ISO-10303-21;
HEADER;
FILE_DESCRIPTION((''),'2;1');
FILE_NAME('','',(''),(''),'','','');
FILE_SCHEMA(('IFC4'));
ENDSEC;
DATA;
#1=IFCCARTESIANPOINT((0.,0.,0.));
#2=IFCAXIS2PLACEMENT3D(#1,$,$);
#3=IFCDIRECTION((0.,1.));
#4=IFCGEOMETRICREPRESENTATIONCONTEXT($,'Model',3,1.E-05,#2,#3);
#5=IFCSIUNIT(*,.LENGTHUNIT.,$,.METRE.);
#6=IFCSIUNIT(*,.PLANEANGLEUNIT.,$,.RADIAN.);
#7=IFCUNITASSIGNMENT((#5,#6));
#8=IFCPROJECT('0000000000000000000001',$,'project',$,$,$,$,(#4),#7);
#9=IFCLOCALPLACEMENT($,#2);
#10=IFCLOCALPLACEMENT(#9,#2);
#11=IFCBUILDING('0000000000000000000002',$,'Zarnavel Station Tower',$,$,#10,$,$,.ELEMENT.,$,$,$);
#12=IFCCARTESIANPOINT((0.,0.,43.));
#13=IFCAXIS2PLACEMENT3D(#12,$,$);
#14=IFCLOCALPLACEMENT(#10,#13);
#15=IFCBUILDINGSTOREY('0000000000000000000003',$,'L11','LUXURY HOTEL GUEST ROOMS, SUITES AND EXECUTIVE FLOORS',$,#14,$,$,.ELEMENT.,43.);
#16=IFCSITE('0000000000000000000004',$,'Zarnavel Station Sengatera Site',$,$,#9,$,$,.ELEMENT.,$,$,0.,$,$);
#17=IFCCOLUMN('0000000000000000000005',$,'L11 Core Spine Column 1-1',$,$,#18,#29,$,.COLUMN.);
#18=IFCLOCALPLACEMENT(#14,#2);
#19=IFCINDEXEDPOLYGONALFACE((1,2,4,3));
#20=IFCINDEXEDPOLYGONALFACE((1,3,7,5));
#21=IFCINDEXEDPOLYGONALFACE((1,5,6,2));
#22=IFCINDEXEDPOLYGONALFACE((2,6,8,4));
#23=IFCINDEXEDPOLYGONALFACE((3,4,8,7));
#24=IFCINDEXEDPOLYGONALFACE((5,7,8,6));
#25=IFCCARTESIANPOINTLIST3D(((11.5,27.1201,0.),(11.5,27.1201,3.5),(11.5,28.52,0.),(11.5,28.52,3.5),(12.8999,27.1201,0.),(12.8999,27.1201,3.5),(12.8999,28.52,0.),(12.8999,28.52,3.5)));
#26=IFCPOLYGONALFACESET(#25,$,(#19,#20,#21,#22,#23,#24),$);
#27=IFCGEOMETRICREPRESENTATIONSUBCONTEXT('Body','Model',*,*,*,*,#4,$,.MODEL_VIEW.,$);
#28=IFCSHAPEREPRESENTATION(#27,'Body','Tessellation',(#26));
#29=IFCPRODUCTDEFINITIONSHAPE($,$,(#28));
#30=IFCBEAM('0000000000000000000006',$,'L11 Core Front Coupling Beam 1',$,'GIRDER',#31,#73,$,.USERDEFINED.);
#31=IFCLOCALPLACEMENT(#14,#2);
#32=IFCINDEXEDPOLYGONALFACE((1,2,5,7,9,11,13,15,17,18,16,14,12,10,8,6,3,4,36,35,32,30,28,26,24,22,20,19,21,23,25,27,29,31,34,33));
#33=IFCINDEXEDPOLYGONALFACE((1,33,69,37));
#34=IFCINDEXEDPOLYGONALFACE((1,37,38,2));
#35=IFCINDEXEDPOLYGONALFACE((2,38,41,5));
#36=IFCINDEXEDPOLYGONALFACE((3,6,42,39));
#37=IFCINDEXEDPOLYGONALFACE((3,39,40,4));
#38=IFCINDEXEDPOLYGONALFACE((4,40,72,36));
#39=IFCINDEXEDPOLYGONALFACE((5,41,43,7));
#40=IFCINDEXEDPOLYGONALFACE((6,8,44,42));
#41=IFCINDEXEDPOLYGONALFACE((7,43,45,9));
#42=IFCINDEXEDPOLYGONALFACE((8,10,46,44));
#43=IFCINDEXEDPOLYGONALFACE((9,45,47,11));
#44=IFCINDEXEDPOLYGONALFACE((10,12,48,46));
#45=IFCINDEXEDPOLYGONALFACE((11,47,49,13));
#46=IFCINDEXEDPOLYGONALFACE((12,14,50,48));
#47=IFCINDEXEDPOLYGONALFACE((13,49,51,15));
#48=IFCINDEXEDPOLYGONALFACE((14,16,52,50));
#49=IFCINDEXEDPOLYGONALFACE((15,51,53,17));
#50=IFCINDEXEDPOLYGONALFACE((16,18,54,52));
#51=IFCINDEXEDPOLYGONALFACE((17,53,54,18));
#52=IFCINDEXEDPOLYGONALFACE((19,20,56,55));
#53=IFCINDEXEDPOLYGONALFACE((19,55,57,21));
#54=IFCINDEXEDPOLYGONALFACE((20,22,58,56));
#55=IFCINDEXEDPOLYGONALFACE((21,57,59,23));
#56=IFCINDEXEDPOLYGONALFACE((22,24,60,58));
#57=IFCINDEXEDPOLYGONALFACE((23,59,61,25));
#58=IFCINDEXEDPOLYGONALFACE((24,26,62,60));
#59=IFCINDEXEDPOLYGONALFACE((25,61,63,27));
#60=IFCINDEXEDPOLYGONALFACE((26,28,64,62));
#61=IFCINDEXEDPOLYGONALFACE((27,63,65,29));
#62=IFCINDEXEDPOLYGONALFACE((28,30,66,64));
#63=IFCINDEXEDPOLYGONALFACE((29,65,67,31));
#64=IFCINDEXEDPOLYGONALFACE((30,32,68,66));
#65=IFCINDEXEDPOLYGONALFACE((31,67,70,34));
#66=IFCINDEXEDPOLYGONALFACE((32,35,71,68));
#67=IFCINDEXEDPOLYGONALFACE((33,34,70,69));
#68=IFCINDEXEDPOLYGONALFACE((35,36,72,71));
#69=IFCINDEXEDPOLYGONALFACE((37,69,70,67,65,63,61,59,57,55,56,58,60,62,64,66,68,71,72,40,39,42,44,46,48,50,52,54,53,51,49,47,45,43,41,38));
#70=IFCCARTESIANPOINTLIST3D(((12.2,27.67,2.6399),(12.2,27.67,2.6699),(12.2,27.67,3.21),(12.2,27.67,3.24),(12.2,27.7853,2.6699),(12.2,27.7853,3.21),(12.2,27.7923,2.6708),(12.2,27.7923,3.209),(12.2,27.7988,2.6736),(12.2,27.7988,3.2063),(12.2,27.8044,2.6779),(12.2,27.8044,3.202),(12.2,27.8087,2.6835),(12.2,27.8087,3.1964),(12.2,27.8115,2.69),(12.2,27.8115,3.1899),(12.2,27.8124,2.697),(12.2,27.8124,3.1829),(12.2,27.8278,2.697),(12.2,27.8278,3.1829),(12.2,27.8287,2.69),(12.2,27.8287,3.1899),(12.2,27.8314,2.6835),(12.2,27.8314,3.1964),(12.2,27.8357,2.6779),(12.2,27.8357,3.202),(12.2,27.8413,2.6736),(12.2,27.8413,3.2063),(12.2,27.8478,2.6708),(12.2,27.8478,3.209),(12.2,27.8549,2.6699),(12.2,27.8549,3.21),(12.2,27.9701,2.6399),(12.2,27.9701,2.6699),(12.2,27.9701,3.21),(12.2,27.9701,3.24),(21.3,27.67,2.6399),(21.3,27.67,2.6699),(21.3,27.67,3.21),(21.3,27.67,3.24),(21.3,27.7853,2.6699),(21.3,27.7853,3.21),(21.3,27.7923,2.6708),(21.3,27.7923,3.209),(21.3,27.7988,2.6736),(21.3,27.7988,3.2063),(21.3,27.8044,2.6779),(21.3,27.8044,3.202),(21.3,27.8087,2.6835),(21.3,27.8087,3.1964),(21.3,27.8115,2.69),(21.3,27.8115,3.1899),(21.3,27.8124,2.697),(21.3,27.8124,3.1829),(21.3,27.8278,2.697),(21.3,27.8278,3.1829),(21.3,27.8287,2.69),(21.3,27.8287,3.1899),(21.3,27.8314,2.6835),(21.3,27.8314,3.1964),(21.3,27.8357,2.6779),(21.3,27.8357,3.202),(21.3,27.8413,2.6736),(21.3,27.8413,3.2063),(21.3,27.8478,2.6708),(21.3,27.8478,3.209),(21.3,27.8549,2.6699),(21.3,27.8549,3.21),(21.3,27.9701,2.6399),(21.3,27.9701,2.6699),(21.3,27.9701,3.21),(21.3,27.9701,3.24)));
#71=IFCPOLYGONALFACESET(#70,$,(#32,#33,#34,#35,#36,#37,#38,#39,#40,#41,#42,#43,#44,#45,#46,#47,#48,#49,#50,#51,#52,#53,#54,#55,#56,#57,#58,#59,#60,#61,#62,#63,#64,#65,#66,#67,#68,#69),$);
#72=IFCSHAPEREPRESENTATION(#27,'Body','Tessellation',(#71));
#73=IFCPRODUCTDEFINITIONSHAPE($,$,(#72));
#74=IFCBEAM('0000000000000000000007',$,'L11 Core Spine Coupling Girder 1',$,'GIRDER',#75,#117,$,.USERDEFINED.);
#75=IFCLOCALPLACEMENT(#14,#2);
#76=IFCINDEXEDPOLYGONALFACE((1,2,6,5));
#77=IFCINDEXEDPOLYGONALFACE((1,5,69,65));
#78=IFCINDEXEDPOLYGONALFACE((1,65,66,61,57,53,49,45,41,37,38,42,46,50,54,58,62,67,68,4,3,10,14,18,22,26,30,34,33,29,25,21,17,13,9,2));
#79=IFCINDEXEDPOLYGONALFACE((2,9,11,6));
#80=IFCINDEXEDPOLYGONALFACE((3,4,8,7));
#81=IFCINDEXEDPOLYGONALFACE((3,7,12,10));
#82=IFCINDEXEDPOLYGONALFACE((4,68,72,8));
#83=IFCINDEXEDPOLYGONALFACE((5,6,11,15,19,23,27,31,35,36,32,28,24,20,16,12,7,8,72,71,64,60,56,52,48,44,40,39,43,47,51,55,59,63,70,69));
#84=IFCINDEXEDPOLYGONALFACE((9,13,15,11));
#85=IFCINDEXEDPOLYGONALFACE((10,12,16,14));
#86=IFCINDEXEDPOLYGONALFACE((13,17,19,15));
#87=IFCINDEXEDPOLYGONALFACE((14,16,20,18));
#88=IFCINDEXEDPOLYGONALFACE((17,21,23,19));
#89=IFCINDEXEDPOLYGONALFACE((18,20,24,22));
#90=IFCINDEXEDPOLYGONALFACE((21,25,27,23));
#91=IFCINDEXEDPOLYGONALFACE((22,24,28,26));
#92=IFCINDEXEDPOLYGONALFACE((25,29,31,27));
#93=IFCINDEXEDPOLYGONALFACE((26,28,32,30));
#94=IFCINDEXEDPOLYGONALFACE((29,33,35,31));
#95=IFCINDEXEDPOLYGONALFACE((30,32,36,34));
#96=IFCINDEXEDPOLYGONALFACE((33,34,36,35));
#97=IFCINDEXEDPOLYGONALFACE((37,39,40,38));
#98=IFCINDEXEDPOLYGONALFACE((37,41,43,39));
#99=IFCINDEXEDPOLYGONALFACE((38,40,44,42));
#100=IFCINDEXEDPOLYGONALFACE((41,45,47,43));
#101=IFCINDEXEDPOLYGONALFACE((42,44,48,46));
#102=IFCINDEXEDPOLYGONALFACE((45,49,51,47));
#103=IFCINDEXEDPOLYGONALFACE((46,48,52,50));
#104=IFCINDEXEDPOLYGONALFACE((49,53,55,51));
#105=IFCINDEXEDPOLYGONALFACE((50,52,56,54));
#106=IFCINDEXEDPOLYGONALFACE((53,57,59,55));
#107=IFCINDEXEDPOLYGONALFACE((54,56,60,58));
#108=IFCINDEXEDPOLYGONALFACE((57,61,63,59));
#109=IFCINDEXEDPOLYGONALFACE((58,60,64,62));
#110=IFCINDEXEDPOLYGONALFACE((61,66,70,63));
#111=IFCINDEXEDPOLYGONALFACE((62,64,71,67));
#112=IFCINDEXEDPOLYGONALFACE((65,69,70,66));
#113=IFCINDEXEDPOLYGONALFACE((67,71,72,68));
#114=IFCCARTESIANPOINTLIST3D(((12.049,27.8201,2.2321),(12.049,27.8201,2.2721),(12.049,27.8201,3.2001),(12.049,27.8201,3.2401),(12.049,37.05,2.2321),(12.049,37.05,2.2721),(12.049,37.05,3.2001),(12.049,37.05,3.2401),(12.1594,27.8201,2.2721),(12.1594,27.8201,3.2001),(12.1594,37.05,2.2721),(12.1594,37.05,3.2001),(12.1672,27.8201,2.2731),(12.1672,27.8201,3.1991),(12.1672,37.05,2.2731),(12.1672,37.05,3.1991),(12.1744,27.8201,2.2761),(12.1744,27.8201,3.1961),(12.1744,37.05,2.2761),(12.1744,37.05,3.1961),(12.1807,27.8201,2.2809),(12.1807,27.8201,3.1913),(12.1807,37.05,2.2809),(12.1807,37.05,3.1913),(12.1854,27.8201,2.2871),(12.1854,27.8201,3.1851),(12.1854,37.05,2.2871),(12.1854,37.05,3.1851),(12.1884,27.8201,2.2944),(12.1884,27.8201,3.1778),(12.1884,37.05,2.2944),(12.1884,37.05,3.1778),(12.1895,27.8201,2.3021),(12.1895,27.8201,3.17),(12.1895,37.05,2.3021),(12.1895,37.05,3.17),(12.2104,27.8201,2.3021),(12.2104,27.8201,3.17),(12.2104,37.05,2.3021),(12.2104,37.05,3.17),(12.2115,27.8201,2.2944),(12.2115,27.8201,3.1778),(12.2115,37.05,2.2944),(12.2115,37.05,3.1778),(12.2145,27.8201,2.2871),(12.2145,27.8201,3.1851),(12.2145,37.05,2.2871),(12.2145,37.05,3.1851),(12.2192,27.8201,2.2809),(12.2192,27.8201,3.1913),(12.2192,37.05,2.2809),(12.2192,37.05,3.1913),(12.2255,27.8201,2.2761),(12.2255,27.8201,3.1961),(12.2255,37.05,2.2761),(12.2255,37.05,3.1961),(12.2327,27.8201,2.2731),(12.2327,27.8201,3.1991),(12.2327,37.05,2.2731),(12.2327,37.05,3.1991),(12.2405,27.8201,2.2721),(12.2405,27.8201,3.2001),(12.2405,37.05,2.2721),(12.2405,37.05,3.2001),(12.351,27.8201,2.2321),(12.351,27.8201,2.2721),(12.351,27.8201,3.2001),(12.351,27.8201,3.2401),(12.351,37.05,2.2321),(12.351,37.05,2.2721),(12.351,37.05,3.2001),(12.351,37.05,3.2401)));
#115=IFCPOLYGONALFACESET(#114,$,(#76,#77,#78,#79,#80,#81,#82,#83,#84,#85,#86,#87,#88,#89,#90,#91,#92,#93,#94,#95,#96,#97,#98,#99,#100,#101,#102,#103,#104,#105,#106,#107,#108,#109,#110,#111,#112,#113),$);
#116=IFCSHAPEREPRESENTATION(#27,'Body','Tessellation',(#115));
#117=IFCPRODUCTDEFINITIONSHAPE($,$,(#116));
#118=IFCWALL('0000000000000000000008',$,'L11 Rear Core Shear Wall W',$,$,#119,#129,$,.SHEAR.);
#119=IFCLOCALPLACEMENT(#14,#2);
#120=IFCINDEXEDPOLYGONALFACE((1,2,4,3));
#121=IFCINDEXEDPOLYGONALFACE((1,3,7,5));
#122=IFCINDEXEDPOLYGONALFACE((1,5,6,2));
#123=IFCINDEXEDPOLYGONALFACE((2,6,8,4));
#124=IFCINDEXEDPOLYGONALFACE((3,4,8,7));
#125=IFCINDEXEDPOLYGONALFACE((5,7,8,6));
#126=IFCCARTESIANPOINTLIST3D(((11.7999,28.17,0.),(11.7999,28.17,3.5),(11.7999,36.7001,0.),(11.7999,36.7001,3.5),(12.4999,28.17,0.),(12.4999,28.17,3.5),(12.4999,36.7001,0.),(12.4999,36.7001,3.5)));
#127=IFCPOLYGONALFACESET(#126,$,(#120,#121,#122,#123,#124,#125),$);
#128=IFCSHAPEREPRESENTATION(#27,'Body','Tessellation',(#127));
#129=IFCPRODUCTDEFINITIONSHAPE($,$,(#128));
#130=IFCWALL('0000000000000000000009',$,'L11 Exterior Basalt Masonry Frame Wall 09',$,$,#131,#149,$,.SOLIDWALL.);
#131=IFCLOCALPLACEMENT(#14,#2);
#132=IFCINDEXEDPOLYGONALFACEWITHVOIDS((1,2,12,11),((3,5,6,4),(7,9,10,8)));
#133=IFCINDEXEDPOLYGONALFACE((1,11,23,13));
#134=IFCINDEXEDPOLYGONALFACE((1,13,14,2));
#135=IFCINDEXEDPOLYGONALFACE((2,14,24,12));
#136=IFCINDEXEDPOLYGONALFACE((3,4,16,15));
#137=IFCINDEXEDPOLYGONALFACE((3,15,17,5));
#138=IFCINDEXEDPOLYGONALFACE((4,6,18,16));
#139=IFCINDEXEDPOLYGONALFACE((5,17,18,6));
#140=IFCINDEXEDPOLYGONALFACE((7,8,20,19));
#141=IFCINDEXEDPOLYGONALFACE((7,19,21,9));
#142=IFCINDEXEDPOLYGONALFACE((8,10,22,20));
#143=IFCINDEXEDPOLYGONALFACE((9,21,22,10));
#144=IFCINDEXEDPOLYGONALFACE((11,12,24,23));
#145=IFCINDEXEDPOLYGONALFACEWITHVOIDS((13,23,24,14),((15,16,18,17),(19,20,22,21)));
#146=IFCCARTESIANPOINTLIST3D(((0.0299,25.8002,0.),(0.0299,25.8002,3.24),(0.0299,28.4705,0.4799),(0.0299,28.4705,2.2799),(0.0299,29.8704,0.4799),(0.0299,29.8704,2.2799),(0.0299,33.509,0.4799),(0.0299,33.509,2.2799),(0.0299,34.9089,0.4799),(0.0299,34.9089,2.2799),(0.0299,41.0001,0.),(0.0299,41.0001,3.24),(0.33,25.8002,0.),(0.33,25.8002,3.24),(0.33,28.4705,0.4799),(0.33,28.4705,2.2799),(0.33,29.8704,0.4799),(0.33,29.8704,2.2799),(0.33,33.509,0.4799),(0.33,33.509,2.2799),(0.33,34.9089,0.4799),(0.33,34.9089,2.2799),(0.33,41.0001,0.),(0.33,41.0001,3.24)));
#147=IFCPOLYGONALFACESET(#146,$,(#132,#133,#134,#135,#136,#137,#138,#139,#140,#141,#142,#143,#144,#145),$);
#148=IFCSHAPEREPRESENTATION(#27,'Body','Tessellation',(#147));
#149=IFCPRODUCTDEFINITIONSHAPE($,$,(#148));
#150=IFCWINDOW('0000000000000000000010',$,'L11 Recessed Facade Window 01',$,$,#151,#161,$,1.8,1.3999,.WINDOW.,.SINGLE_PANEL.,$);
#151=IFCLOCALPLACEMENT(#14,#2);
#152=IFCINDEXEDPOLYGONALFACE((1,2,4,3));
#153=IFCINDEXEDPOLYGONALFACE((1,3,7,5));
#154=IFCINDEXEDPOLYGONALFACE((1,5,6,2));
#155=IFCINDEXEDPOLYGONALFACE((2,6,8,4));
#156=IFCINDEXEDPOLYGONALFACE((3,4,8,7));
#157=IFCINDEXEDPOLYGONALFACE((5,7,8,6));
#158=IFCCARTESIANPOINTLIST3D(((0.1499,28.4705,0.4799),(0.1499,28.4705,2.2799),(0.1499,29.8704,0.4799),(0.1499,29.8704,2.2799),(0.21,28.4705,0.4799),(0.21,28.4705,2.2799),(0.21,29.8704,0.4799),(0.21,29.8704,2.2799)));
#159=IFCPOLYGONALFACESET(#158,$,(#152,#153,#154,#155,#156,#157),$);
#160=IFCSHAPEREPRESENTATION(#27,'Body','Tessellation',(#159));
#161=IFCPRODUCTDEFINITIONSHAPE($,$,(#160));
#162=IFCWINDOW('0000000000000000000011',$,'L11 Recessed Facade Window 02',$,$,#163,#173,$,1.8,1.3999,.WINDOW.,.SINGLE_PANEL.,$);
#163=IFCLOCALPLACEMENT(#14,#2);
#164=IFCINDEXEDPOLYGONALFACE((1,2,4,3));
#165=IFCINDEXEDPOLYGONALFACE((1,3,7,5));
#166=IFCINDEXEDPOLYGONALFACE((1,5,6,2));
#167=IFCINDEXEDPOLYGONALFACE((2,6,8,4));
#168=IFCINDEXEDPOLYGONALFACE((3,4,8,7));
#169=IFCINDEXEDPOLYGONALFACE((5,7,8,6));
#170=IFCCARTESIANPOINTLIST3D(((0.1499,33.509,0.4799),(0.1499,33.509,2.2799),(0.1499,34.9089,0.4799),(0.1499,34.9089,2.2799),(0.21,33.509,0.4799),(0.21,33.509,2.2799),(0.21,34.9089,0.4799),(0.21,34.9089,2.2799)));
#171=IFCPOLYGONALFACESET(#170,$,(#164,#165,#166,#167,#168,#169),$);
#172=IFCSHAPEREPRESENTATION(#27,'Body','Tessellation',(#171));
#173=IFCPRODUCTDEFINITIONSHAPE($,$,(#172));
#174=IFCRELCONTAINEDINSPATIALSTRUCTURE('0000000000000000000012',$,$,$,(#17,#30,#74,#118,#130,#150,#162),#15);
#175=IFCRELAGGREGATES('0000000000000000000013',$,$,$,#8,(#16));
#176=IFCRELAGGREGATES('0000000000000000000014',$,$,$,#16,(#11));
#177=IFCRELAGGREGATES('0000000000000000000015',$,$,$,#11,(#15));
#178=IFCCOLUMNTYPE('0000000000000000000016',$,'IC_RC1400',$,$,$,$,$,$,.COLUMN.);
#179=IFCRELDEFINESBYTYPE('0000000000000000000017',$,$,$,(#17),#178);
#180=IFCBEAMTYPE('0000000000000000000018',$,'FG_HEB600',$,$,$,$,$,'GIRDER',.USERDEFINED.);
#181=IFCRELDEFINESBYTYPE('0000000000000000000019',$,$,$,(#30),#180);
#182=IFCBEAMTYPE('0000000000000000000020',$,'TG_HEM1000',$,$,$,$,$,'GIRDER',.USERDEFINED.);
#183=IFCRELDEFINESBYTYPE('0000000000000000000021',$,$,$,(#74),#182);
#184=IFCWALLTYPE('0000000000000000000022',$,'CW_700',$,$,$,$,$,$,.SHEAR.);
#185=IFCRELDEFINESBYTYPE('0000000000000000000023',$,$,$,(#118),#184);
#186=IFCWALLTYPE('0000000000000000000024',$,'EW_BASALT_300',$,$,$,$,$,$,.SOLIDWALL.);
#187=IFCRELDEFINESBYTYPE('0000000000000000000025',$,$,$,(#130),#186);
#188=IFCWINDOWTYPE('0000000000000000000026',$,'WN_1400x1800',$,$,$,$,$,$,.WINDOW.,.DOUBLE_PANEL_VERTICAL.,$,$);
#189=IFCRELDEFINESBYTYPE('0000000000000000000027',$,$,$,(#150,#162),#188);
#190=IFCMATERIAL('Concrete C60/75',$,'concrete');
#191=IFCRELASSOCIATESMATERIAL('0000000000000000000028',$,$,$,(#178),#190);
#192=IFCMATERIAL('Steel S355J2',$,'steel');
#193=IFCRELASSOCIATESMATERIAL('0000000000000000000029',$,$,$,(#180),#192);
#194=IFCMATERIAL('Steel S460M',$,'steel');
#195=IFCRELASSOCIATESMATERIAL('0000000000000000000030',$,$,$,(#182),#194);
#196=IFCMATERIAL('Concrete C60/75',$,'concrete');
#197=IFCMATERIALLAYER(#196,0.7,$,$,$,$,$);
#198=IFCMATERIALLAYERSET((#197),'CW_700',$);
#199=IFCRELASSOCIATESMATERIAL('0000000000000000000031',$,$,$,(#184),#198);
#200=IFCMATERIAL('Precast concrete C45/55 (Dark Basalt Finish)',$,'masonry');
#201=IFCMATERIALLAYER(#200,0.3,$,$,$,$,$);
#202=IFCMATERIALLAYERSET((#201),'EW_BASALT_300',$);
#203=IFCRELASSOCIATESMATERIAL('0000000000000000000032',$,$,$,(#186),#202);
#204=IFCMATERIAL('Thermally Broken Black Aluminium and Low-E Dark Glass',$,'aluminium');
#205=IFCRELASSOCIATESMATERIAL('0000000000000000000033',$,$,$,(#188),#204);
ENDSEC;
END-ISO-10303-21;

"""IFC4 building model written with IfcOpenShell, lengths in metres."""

from ifc_helpers import new_model, si_unit, direction, frame, frame_2d, origin, origin_2d, place, context, subcontext, project, spatial, rectangle, i_section, extrude, material, layer, layer_set, material_profile, profile_set, type_object, element, fill, save


model = new_model("IFC4")

# Units and contexts
model_context = context("Model", 3, precision=1e-05, world=origin(), true_north=direction((0.0, 1.0)))
body_context = subcontext(model_context, "Body", "Model", "MODEL_VIEW")
ifc_project = project(units=[si_unit("LENGTHUNIT", "METRE"), si_unit("PLANEANGLEUNIT", "RADIAN")], contexts=[model_context])

# Site, building, storey
site_placement = place(None, origin())
site = spatial("IfcSite", under=ifc_project, at=site_placement, Name="Zarnavel Station Sengatera Site", CompositionType="ELEMENT", RefElevation=0.0)
building_placement = place(site_placement, origin())
building = spatial("IfcBuilding", under=site, at=building_placement, Name="Zarnavel Station Tower", CompositionType="ELEMENT")
storey_placement = place(building_placement, frame((0.0, 0.0, 43.0)))
storey = spatial("IfcBuildingStorey", under=building, at=storey_placement, Name="L11", Description="LUXURY HOTEL GUEST ROOMS, SUITES AND EXECUTIVE FLOORS", CompositionType="ELEMENT", Elevation=43.0)

# Column
ifc_material_1 = material(Name="Concrete C60/75", Category="concrete")
ifc_material_profile_1 = material_profile(ifc_material_1, rectangle(XDim=1.3999, YDim=1.3999, at=origin_2d()), Name="RC1400x1400")
ifc_profile_set_1 = profile_set([ifc_material_profile_1], Name="Concrete C60/75")
column_type = type_object("IfcColumnType", Name="IC_RC1400", PredefinedType="COLUMN", material=ifc_profile_set_1)
column_placement = place(storey_placement, frame((12.2, 27.8201, 0.0), z_axis=(0.0, 0.0, 1.0), x_axis=(1.0, 0.0, 0.0)))
element("IfcColumn", 1, at=column_placement, inside=storey, type_object=column_type, Name="L11 Core Spine Column 1-1", PredefinedType="COLUMN", context=body_context, shape_type="SweptSolid", body=[
    extrude(rectangle(XDim=1.3999, YDim=1.3999, at=origin_2d()), origin(), (0.0, 0.0, 1.0), 3.5),
])

# Beams
ifc_material_2 = material(Name="Steel S355J2", Category="steel")
ifc_material_profile_2 = material_profile(ifc_material_2, i_section(OverallWidth=0.3, OverallDepth=0.6001, WebThickness=0.0154, FlangeThickness=0.03, FilletRadius=0.0271, at=origin_2d()), Name="HEB600")
ifc_profile_set_2 = profile_set([ifc_material_profile_2], Name="Steel S355J2")
beam_type_1 = type_object("IfcBeamType", Name="FG_HEB600", ElementType="GIRDER", PredefinedType="USERDEFINED", material=ifc_profile_set_2)
beam_1_placement = place(storey_placement, frame((12.2, 27.8201, 2.9399), z_axis=(1.0, 0.0, 0.0), x_axis=(0.0, 1.0, 0.0)))
element("IfcBeam", 2, at=beam_1_placement, inside=storey, type_object=beam_type_1, Name="L11 Core Front Coupling Beam 1", ObjectType="GIRDER", PredefinedType="USERDEFINED", context=body_context, shape_type="SweptSolid", body=[
    extrude(i_section(OverallWidth=0.3, OverallDepth=0.6001, WebThickness=0.0154, FlangeThickness=0.03, FilletRadius=0.0271, at=origin_2d()), origin(), (0.0, 0.0, 1.0), 9.1001),
])
ifc_material_3 = material(Name="Steel S460M", Category="steel")
ifc_material_profile_3 = material_profile(ifc_material_3, i_section(OverallWidth=0.302, OverallDepth=1.0081, WebThickness=0.021, FlangeThickness=0.04, FilletRadius=0.03, at=origin_2d()), Name="HEM1000")
ifc_profile_set_3 = profile_set([ifc_material_profile_3], Name="Steel S460M")
beam_type_2 = type_object("IfcBeamType", Name="TG_HEM1000", ElementType="GIRDER", PredefinedType="USERDEFINED", material=ifc_profile_set_3)
beam_2_placement = place(storey_placement, frame((12.2, 27.8201, 2.7361), z_axis=(0.0, 1.0, 0.0), x_axis=(-1.0, 0.0, 0.0)))
element("IfcBeam", 3, at=beam_2_placement, inside=storey, type_object=beam_type_2, Name="L11 Core Spine Coupling Girder 1", ObjectType="GIRDER", PredefinedType="USERDEFINED", context=body_context, shape_type="SweptSolid", body=[
    extrude(i_section(OverallWidth=0.302, OverallDepth=1.0081, WebThickness=0.021, FlangeThickness=0.04, FilletRadius=0.03, at=origin_2d()), origin(), (0.0, 0.0, 1.0), 9.23),
])

# Wall
ifc_material_4 = material(Name="Concrete C60/75", Category="concrete")
ifc_layer_1 = layer(ifc_material_4, 0.7)
ifc_layer_set_1 = layer_set([ifc_layer_1], Name="CW_700")
wall_type_1 = type_object("IfcWallType", Name="CW_700", PredefinedType="SHEAR", material=ifc_layer_set_1)
wall_1_placement = place(storey_placement, frame((12.1499, 28.1699, 0.0), z_axis=(0.0, 0.0, 1.0), x_axis=(0.0, 1.0, 0.0)))
element("IfcWall", 4, at=wall_1_placement, inside=storey, type_object=wall_type_1, Name="L11 Rear Core Shear Wall W", PredefinedType="SHEAR", context=body_context, shape_type="SweptSolid", body=[
    extrude(rectangle(XDim=8.53, YDim=0.7, at=frame_2d((4.2651, 0.0))), origin(), (0.0, 0.0, 1.0), 3.5),
])

# Wall, openings, windows
ifc_material_5 = material(Name="Precast concrete C45/55 (Dark Basalt Finish)", Category="masonry")
ifc_layer_2 = layer(ifc_material_5, 0.3)
ifc_layer_set_2 = layer_set([ifc_layer_2], Name="EW_BASALT_300")
wall_type_2 = type_object("IfcWallType", Name="EW_BASALT_300", PredefinedType="SOLIDWALL", material=ifc_layer_set_2)
wall_2_placement = place(storey_placement, frame((0.1799, 25.8, 0.0), z_axis=(0.0, 0.0, 1.0), x_axis=(0.0, 1.0, 0.0)))
wall_2 = element("IfcWall", 5, at=wall_2_placement, inside=storey, type_object=wall_type_2, Name="L11 Exterior Basalt Masonry Frame Wall 09", PredefinedType="SOLIDWALL", context=body_context, shape_type="SweptSolid", body=[
    extrude(rectangle(XDim=15.2, YDim=0.3, at=frame_2d((7.6001, 0.0))), origin(), (0.0, 0.0, 1.0), 3.24),
])
opening_1_placement = place(wall_2_placement, frame((2.6704, 0.0, 0.48)))
opening_1 = element("IfcOpeningElement", 6, at=opening_1_placement, cuts=wall_2, PredefinedType="OPENING", context=body_context, shape_type="SweptSolid", body=[
    extrude(rectangle(XDim=1.3999, YDim=1.8, at=frame_2d((0.7, 0.8999))), frame((0.0, 0.1599, 0.0), z_axis=(0.0, -1.0, 0.0), x_axis=(1.0, 0.0, 0.0)), (0.0, 0.0, 1.0), 0.3201),
])
opening_2_placement = place(wall_2_placement, frame((7.709, 0.0, 0.48)))
opening_2 = element("IfcOpeningElement", 7, at=opening_2_placement, cuts=wall_2, PredefinedType="OPENING", context=body_context, shape_type="SweptSolid", body=[
    extrude(rectangle(XDim=1.3999, YDim=1.8, at=frame_2d((0.7, 0.8999))), frame((0.0, 0.1599, 0.0), z_axis=(0.0, -1.0, 0.0), x_axis=(1.0, 0.0, 0.0)), (0.0, 0.0, 1.0), 0.3201),
])
ifc_material_6 = material(Name="Thermally Broken Black Aluminium and Low-E Dark Glass", Category="aluminium")
window_type = type_object("IfcWindowType", Name="WN_1400x1800", PartitioningType="DOUBLE_PANEL_VERTICAL", PredefinedType="WINDOW", material=ifc_material_6)
window_1_placement = place(opening_1_placement, origin())
window_1 = element("IfcWindow", 8, at=window_1_placement, inside=storey, type_object=window_type, Name="L11 Recessed Facade Window 01", OverallHeight=1.8, OverallWidth=1.3999, PartitioningType="SINGLE_PANEL", PredefinedType="WINDOW", context=body_context, shape_type="SweptSolid", body=[
    extrude(rectangle(XDim=1.3999, YDim=1.8, at=frame_2d((0.7, 0.8999))), frame((0.0, 0.03, 0.0), z_axis=(0.0, -1.0, 0.0), x_axis=(1.0, 0.0, 0.0)), (0.0, 0.0, 1.0), 0.0601),
])
fill(opening_1, window_1)
window_2_placement = place(opening_2_placement, origin())
window_2 = element("IfcWindow", 9, at=window_2_placement, inside=storey, type_object=window_type, Name="L11 Recessed Facade Window 02", OverallHeight=1.8, OverallWidth=1.3999, PartitioningType="SINGLE_PANEL", PredefinedType="WINDOW", context=body_context, shape_type="SweptSolid", body=[
    extrude(rectangle(XDim=1.3999, YDim=1.8, at=frame_2d((0.7, 0.8999))), frame((0.0, 0.03, 0.0), z_axis=(0.0, -1.0, 0.0), x_axis=(1.0, 0.0, 0.0)), (0.0, 0.0, 1.0), 0.0601),
])
fill(opening_2, window_2)

save(model, "model.ifc")
